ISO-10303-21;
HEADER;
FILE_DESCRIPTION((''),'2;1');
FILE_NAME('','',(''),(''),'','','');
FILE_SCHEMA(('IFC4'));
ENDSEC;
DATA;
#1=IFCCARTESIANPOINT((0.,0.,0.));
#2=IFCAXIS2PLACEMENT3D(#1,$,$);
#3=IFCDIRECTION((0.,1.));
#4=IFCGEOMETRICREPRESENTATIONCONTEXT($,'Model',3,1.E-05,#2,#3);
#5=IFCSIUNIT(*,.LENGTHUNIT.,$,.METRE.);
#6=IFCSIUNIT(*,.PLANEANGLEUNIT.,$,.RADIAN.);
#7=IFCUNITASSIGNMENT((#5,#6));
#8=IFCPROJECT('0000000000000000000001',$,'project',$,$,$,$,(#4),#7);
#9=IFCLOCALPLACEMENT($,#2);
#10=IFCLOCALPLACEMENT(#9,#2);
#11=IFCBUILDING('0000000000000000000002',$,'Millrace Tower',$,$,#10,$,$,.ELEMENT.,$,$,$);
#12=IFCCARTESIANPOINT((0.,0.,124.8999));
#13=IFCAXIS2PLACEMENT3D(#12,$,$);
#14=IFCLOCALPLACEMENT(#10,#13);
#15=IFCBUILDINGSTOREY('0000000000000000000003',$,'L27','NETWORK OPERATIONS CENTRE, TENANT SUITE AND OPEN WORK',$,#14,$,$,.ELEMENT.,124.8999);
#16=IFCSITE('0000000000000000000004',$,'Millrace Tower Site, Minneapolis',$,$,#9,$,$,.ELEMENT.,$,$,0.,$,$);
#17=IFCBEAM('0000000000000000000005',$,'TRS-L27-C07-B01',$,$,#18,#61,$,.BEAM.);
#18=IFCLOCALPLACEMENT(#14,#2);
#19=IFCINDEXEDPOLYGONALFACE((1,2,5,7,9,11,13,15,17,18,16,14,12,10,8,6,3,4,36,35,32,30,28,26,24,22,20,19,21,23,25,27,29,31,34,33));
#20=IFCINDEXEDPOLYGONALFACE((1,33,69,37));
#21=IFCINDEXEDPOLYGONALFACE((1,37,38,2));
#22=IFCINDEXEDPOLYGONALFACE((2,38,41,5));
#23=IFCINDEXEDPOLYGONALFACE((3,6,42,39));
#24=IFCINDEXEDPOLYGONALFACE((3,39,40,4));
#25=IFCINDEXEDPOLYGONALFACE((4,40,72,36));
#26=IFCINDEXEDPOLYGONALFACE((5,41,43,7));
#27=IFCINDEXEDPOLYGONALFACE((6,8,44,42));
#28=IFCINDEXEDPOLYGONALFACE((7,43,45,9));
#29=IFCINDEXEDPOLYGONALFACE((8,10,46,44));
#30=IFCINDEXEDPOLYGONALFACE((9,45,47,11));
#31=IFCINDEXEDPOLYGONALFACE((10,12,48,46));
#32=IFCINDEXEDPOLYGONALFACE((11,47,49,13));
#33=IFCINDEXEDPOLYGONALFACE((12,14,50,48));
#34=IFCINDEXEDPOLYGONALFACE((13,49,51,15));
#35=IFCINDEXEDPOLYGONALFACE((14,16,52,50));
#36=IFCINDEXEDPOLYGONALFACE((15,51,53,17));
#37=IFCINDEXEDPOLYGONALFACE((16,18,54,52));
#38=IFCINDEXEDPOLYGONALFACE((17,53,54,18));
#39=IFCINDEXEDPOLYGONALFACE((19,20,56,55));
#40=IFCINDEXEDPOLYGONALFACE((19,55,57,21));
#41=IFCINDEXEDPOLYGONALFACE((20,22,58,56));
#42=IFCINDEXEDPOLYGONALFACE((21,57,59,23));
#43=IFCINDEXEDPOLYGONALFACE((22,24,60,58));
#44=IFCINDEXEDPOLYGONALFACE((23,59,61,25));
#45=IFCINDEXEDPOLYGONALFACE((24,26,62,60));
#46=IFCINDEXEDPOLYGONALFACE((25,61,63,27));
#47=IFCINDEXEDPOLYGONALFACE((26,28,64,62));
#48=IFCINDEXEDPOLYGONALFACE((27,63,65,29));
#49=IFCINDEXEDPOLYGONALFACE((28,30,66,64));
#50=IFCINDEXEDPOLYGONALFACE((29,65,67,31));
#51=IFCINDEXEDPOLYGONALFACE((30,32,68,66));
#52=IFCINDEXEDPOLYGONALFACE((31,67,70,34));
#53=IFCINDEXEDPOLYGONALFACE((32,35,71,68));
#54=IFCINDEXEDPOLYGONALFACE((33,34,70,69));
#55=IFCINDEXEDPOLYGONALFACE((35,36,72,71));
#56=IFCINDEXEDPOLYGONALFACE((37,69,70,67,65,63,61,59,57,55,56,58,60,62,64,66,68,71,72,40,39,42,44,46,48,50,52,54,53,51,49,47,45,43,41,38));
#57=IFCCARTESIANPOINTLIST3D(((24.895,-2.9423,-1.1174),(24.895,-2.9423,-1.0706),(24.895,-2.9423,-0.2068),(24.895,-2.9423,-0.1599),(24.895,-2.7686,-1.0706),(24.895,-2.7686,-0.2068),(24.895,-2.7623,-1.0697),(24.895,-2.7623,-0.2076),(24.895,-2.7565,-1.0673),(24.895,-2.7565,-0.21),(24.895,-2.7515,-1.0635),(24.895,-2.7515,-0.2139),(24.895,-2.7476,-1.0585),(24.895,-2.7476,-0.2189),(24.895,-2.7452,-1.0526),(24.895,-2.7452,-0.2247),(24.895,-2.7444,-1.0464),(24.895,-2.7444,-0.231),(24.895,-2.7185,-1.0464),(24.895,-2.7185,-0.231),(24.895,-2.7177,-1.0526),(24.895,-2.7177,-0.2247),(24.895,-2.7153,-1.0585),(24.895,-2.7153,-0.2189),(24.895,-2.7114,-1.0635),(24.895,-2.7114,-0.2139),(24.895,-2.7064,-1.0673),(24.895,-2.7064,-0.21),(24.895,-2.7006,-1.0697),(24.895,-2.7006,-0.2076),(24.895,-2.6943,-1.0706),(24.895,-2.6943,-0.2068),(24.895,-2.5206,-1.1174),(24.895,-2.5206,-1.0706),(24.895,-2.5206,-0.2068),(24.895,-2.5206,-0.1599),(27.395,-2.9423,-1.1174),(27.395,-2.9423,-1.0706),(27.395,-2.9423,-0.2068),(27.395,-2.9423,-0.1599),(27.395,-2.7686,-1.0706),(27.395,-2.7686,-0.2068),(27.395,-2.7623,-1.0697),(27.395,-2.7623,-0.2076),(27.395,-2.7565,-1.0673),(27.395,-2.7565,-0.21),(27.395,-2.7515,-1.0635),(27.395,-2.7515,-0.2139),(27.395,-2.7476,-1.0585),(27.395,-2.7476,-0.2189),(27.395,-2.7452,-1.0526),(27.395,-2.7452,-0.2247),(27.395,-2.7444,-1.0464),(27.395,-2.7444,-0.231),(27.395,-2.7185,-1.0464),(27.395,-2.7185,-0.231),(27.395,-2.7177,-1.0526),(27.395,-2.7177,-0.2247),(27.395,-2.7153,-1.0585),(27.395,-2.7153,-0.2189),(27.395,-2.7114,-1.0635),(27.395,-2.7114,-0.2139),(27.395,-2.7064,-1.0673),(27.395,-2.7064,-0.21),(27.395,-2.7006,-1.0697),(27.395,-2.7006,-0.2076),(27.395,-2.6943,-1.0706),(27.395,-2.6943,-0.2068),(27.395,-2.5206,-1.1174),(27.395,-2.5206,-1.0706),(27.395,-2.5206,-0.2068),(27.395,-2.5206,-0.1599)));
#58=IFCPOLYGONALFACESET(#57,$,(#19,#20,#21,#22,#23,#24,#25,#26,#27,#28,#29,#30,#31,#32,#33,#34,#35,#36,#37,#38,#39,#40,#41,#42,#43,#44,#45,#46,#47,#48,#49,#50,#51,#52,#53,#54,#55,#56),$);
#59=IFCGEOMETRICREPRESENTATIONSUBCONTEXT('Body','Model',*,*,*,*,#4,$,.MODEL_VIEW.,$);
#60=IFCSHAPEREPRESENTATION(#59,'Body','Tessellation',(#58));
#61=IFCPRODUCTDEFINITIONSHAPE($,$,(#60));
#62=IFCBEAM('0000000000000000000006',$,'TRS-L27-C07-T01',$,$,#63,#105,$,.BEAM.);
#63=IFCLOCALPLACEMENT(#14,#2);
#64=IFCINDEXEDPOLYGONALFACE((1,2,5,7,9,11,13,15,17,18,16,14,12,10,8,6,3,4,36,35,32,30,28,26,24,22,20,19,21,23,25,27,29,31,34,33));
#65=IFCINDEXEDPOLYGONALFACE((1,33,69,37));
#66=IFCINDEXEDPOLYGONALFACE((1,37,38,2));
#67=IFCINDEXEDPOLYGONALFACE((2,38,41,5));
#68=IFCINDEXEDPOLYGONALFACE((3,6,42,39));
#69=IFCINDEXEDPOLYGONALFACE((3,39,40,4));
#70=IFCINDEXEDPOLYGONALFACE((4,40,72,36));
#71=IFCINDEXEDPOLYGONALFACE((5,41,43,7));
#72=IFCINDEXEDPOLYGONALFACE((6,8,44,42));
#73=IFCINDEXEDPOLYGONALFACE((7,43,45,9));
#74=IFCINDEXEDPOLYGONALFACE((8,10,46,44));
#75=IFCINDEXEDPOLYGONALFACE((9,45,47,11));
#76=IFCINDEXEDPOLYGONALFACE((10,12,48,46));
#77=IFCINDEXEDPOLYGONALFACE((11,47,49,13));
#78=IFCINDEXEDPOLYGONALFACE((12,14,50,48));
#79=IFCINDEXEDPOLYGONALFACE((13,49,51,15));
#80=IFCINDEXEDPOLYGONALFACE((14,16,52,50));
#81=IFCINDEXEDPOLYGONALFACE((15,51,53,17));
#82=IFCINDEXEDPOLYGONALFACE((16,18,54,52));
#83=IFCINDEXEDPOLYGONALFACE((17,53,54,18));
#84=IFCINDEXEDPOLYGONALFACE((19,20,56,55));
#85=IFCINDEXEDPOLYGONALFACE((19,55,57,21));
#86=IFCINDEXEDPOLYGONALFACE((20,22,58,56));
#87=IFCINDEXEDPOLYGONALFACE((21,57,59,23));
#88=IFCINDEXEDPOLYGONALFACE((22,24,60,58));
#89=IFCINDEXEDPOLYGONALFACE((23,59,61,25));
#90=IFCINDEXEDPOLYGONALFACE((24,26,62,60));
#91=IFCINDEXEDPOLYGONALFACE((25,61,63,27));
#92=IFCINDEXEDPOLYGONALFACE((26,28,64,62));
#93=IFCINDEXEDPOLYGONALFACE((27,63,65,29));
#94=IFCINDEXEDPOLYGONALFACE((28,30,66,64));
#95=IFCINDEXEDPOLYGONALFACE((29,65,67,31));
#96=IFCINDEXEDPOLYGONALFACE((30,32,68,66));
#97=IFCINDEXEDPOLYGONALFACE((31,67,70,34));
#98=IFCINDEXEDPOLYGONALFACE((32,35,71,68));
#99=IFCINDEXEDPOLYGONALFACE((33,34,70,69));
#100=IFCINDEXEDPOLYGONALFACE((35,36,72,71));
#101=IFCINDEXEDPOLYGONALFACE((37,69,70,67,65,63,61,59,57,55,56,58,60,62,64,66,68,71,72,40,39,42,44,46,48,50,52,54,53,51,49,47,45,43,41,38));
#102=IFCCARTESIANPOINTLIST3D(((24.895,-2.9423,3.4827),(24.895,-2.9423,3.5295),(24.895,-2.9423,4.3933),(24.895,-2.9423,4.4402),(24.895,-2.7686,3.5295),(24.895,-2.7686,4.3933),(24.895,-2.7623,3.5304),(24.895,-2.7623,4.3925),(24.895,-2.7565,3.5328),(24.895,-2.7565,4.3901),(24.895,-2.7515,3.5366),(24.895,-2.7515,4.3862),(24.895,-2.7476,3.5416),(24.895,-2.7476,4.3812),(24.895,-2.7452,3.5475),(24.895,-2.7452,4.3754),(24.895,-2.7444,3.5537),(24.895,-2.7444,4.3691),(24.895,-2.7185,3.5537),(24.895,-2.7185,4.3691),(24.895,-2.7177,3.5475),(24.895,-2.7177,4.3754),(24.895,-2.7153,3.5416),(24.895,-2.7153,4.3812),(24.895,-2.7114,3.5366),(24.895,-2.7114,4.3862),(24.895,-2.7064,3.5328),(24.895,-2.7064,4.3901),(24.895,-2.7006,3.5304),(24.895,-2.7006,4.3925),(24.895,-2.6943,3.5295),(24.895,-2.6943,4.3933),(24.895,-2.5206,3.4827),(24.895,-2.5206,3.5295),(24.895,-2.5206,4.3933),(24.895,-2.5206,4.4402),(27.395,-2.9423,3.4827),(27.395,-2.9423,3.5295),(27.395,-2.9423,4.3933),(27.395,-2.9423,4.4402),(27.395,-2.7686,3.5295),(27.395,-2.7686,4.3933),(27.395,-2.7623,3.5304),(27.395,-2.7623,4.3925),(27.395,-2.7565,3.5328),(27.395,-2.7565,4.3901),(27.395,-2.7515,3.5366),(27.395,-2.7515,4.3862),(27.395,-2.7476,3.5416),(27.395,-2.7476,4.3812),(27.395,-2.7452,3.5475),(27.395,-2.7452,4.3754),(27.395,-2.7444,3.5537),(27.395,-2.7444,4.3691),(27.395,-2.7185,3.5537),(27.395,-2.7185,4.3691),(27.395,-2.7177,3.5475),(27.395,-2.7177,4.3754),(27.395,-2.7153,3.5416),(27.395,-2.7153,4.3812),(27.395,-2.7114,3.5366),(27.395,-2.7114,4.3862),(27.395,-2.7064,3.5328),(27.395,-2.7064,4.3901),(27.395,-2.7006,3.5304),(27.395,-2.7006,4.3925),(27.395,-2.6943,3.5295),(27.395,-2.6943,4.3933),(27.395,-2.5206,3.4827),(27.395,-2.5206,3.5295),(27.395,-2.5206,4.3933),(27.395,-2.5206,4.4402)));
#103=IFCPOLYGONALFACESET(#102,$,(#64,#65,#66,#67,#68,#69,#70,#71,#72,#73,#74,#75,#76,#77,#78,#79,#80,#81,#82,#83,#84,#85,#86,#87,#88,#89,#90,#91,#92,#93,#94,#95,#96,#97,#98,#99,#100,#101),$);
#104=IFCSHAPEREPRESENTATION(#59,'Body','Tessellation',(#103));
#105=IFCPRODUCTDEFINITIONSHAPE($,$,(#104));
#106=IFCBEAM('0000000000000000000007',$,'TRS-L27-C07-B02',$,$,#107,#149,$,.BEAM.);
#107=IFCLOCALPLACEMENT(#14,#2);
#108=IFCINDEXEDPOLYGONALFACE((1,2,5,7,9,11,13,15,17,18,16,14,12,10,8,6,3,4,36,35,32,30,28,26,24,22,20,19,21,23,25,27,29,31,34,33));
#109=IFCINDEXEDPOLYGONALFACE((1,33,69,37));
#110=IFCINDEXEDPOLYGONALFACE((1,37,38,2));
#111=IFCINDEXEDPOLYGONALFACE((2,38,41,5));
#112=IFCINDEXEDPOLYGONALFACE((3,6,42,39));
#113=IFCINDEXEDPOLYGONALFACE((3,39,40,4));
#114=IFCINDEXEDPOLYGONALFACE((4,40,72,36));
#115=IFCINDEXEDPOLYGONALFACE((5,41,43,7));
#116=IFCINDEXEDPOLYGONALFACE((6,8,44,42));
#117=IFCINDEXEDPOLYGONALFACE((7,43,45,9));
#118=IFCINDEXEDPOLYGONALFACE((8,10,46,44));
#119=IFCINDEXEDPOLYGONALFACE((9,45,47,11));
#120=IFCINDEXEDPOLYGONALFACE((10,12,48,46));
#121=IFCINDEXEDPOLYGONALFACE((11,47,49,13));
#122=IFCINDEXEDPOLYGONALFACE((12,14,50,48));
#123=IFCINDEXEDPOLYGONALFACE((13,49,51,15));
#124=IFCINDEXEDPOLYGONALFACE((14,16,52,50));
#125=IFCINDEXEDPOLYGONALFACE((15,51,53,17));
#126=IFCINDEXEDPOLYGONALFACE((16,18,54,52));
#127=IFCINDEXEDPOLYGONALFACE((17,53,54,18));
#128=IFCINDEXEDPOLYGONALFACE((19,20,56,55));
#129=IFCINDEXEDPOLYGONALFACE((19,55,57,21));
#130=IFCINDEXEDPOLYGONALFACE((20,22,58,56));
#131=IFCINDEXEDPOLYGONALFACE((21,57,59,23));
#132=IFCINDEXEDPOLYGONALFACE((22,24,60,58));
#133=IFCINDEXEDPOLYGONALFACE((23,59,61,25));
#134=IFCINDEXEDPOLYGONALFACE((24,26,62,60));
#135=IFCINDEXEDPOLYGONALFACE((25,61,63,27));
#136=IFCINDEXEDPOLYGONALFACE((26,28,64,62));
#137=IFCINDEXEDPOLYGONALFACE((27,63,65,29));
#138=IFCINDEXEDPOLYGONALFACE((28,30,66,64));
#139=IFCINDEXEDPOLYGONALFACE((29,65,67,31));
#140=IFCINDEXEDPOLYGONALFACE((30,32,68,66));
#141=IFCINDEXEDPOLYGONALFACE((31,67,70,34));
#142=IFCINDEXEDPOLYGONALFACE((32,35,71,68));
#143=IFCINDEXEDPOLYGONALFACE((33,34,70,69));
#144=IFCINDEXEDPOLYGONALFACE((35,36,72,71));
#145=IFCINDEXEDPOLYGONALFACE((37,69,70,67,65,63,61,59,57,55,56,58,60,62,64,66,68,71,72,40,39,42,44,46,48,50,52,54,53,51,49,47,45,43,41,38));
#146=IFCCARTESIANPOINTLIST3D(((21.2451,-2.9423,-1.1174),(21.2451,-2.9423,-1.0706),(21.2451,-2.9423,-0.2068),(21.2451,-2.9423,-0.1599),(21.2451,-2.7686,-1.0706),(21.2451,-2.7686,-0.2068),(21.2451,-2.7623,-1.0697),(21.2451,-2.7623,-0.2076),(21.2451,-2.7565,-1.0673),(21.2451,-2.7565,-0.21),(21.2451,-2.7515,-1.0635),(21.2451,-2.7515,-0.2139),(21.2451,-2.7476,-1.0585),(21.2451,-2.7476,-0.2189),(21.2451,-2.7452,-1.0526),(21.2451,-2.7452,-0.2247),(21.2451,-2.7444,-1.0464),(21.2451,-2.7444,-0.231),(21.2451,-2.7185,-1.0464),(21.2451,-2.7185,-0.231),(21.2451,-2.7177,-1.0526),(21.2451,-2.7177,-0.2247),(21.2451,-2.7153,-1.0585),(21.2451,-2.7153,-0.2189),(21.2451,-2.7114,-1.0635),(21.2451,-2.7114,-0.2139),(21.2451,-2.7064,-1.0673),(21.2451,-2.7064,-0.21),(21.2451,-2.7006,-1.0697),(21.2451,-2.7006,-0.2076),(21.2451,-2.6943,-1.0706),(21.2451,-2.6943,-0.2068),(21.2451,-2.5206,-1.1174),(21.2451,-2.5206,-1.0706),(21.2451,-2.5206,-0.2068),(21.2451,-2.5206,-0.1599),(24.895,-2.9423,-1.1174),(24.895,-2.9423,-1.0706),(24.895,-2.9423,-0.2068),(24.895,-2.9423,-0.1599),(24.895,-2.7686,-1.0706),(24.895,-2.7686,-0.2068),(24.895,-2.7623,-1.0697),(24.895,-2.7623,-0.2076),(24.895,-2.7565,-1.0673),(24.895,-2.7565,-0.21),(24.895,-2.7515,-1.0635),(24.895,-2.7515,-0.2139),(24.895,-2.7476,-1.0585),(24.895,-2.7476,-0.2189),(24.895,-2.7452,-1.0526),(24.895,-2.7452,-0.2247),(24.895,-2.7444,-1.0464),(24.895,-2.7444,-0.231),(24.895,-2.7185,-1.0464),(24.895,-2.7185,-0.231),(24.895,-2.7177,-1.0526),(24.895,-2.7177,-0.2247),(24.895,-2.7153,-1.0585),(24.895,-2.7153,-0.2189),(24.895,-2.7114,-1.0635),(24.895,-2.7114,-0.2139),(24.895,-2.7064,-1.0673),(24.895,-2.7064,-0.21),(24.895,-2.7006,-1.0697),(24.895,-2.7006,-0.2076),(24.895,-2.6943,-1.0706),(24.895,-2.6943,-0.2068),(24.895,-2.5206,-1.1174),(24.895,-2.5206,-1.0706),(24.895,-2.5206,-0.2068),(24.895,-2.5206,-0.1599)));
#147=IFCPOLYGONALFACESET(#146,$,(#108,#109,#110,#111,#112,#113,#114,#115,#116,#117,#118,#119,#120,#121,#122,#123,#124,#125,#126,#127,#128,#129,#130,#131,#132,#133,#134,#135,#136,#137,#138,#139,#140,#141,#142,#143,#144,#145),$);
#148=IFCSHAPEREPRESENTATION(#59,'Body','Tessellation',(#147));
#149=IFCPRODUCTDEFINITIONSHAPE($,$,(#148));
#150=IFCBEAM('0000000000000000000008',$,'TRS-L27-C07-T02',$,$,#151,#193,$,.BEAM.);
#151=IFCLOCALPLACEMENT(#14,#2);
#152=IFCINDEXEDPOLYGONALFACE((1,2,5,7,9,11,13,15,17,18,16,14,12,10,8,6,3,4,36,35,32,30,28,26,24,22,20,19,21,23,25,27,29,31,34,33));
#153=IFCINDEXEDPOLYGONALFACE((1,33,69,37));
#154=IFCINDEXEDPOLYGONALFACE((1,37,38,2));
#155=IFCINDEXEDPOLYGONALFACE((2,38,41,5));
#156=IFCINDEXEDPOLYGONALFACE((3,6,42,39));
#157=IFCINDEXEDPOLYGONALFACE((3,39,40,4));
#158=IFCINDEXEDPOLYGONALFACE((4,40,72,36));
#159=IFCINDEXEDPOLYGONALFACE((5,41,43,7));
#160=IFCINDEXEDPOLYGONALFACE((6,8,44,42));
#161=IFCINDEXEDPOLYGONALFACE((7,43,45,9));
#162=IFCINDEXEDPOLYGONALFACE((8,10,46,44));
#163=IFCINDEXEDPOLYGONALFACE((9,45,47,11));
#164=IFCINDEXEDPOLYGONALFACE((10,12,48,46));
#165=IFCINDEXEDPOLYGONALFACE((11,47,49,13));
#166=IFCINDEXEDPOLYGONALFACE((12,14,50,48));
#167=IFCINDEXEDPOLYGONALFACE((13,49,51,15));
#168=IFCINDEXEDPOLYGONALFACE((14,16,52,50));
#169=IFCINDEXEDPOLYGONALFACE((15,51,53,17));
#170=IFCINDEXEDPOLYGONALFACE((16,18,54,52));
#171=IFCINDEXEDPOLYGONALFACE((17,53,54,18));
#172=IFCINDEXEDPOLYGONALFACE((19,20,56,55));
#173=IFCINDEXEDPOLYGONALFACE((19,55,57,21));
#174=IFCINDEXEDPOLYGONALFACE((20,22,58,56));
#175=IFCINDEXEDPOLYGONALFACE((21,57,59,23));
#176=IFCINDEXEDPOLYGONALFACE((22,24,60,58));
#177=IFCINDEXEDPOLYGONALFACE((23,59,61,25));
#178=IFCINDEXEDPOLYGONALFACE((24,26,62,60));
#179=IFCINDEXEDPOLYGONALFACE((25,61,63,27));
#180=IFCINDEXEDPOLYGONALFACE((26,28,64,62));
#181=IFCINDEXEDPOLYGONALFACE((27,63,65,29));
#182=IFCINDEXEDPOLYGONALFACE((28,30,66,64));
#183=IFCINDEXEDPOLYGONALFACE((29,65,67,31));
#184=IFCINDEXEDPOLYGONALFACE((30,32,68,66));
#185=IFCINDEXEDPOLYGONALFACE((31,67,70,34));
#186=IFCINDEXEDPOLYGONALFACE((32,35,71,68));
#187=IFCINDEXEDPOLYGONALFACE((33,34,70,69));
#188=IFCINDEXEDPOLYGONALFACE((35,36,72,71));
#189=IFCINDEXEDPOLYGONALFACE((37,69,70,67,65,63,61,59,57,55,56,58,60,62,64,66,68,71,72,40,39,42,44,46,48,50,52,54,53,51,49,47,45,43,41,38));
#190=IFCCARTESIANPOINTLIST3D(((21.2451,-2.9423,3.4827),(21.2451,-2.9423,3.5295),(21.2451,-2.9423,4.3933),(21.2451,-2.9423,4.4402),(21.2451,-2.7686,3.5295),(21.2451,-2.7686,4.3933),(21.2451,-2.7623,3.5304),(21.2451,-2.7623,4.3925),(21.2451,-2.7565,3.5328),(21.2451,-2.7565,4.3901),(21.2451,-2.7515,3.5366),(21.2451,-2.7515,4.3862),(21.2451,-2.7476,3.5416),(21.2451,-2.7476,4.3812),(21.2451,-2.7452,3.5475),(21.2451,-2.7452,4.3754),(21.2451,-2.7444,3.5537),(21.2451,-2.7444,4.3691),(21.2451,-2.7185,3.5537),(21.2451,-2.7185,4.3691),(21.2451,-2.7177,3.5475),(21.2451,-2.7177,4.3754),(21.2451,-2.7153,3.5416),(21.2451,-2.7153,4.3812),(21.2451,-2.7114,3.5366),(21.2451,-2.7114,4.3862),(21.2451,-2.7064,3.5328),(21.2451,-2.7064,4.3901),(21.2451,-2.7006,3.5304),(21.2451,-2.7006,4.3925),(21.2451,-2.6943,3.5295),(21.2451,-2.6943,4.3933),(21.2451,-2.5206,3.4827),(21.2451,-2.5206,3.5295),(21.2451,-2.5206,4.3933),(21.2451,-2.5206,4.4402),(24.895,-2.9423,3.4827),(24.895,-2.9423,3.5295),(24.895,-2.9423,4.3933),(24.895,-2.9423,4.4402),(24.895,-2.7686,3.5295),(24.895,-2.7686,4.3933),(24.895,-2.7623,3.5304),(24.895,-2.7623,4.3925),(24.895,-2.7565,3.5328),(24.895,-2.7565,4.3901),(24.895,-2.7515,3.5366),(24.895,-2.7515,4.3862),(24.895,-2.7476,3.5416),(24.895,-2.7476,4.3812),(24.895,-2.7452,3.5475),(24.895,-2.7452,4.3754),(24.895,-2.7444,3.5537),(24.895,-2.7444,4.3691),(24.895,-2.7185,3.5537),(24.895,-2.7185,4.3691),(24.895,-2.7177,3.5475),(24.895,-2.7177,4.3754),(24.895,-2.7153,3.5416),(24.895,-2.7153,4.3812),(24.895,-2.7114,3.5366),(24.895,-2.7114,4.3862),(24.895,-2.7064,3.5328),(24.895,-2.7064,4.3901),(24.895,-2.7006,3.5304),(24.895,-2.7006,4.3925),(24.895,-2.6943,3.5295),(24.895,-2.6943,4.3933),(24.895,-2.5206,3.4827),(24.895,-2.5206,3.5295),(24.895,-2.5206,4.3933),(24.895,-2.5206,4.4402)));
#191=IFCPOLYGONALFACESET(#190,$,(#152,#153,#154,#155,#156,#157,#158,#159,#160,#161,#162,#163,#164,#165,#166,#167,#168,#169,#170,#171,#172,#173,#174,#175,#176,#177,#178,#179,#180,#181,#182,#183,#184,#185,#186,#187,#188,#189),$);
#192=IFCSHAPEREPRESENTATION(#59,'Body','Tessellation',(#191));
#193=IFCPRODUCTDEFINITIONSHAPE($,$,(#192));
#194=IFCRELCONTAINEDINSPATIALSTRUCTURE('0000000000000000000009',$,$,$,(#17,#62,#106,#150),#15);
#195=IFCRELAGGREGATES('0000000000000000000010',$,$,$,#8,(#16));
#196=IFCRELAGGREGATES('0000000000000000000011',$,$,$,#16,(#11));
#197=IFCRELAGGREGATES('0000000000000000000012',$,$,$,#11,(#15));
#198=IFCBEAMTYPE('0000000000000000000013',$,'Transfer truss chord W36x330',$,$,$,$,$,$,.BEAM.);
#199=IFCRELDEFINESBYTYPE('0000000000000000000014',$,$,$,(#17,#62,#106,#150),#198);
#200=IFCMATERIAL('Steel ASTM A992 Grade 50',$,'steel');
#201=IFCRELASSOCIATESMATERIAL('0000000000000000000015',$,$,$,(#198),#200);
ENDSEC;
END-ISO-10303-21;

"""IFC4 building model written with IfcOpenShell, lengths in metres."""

from ifc_helpers import new_model, si_unit, direction, frame, origin, origin_2d, place, context, subcontext, project, spatial, i_section, extrude, material, material_profile, profile_set, type_object, element, save


model = new_model("IFC4")

# Units and contexts
model_context = context("Model", 3, precision=1e-05, world=origin(), true_north=direction((0.0, 1.0)))
body_context = subcontext(model_context, "Body", "Model", "MODEL_VIEW")
ifc_project = project(units=[si_unit("LENGTHUNIT", "METRE"), si_unit("PLANEANGLEUNIT", "RADIAN")], contexts=[model_context])

# Site, building, storey
site_placement = place(None, origin())
site = spatial("IfcSite", under=ifc_project, at=site_placement, Name="Millrace Tower Site, Minneapolis", CompositionType="ELEMENT", RefElevation=0.0)
building_placement = place(site_placement, origin())
building = spatial("IfcBuilding", under=site, at=building_placement, Name="Millrace Tower", CompositionType="ELEMENT")
storey_placement = place(building_placement, frame((0.0, 0.0, 124.8999)))
storey = spatial("IfcBuildingStorey", under=building, at=storey_placement, Name="L27", Description="NETWORK OPERATIONS CENTRE, TENANT SUITE AND OPEN WORK", CompositionType="ELEMENT", Elevation=124.8999)

# Beams
ifc_material_1 = material(Name="Steel ASTM A992 Grade 50", Category="steel")
ifc_material_profile_1 = material_profile(ifc_material_1, i_section(OverallWidth=0.4216, OverallDepth=0.9575, WebThickness=0.0259, FlangeThickness=0.0469, FilletRadius=0.0242, at=origin_2d()))
ifc_profile_set_1 = profile_set([ifc_material_profile_1], Name="Steel ASTM A992 Grade 50")
beam_type_1 = type_object("IfcBeamType", Name="Transfer truss chord W36x330", PredefinedType="BEAM", material=ifc_profile_set_1)
for number, where, z_axis, x_axis, name in (
    (1, (27.395, -2.7314, -0.6387), (-1.0, 0.0, 0.0), (0.0, -1.0, 0.0), "TRS-L27-C07-B01"),
    (2, (27.395, -2.7314, 3.9614), (-1.0, 0.0, 0.0), (0.0, -1.0, 0.0), "TRS-L27-C07-T01"),
):
    element("IfcBeam", number, at=place(storey_placement, frame(where, z_axis=z_axis, x_axis=x_axis)), inside=storey, type_object=beam_type_1, Name=name, PredefinedType="BEAM", context=body_context, shape_type="SweptSolid", body=[
        extrude(i_section(OverallWidth=0.4216, OverallDepth=0.9575, WebThickness=0.0259, FlangeThickness=0.0469, FilletRadius=0.0242, at=origin_2d()), origin(), (0.0, 0.0, 1.0), 2.5),
    ])
for number, where, z_axis, x_axis, name in (
    (3, (24.895, -2.7314, -0.6387), (-1.0, 0.0, 0.0), (0.0, -1.0, 0.0), "TRS-L27-C07-B02"),
    (4, (24.895, -2.7314, 3.9614), (-1.0, 0.0, 0.0), (0.0, -1.0, 0.0), "TRS-L27-C07-T02"),
):
    element("IfcBeam", number, at=place(storey_placement, frame(where, z_axis=z_axis, x_axis=x_axis)), inside=storey, type_object=beam_type_1, Name=name, PredefinedType="BEAM", context=body_context, shape_type="SweptSolid", body=[
        extrude(i_section(OverallWidth=0.4216, OverallDepth=0.9575, WebThickness=0.0259, FlangeThickness=0.0469, FilletRadius=0.0242, at=origin_2d()), origin(), (0.0, 0.0, 1.0), 3.6499),
    ])

save(model, "model.ifc")
